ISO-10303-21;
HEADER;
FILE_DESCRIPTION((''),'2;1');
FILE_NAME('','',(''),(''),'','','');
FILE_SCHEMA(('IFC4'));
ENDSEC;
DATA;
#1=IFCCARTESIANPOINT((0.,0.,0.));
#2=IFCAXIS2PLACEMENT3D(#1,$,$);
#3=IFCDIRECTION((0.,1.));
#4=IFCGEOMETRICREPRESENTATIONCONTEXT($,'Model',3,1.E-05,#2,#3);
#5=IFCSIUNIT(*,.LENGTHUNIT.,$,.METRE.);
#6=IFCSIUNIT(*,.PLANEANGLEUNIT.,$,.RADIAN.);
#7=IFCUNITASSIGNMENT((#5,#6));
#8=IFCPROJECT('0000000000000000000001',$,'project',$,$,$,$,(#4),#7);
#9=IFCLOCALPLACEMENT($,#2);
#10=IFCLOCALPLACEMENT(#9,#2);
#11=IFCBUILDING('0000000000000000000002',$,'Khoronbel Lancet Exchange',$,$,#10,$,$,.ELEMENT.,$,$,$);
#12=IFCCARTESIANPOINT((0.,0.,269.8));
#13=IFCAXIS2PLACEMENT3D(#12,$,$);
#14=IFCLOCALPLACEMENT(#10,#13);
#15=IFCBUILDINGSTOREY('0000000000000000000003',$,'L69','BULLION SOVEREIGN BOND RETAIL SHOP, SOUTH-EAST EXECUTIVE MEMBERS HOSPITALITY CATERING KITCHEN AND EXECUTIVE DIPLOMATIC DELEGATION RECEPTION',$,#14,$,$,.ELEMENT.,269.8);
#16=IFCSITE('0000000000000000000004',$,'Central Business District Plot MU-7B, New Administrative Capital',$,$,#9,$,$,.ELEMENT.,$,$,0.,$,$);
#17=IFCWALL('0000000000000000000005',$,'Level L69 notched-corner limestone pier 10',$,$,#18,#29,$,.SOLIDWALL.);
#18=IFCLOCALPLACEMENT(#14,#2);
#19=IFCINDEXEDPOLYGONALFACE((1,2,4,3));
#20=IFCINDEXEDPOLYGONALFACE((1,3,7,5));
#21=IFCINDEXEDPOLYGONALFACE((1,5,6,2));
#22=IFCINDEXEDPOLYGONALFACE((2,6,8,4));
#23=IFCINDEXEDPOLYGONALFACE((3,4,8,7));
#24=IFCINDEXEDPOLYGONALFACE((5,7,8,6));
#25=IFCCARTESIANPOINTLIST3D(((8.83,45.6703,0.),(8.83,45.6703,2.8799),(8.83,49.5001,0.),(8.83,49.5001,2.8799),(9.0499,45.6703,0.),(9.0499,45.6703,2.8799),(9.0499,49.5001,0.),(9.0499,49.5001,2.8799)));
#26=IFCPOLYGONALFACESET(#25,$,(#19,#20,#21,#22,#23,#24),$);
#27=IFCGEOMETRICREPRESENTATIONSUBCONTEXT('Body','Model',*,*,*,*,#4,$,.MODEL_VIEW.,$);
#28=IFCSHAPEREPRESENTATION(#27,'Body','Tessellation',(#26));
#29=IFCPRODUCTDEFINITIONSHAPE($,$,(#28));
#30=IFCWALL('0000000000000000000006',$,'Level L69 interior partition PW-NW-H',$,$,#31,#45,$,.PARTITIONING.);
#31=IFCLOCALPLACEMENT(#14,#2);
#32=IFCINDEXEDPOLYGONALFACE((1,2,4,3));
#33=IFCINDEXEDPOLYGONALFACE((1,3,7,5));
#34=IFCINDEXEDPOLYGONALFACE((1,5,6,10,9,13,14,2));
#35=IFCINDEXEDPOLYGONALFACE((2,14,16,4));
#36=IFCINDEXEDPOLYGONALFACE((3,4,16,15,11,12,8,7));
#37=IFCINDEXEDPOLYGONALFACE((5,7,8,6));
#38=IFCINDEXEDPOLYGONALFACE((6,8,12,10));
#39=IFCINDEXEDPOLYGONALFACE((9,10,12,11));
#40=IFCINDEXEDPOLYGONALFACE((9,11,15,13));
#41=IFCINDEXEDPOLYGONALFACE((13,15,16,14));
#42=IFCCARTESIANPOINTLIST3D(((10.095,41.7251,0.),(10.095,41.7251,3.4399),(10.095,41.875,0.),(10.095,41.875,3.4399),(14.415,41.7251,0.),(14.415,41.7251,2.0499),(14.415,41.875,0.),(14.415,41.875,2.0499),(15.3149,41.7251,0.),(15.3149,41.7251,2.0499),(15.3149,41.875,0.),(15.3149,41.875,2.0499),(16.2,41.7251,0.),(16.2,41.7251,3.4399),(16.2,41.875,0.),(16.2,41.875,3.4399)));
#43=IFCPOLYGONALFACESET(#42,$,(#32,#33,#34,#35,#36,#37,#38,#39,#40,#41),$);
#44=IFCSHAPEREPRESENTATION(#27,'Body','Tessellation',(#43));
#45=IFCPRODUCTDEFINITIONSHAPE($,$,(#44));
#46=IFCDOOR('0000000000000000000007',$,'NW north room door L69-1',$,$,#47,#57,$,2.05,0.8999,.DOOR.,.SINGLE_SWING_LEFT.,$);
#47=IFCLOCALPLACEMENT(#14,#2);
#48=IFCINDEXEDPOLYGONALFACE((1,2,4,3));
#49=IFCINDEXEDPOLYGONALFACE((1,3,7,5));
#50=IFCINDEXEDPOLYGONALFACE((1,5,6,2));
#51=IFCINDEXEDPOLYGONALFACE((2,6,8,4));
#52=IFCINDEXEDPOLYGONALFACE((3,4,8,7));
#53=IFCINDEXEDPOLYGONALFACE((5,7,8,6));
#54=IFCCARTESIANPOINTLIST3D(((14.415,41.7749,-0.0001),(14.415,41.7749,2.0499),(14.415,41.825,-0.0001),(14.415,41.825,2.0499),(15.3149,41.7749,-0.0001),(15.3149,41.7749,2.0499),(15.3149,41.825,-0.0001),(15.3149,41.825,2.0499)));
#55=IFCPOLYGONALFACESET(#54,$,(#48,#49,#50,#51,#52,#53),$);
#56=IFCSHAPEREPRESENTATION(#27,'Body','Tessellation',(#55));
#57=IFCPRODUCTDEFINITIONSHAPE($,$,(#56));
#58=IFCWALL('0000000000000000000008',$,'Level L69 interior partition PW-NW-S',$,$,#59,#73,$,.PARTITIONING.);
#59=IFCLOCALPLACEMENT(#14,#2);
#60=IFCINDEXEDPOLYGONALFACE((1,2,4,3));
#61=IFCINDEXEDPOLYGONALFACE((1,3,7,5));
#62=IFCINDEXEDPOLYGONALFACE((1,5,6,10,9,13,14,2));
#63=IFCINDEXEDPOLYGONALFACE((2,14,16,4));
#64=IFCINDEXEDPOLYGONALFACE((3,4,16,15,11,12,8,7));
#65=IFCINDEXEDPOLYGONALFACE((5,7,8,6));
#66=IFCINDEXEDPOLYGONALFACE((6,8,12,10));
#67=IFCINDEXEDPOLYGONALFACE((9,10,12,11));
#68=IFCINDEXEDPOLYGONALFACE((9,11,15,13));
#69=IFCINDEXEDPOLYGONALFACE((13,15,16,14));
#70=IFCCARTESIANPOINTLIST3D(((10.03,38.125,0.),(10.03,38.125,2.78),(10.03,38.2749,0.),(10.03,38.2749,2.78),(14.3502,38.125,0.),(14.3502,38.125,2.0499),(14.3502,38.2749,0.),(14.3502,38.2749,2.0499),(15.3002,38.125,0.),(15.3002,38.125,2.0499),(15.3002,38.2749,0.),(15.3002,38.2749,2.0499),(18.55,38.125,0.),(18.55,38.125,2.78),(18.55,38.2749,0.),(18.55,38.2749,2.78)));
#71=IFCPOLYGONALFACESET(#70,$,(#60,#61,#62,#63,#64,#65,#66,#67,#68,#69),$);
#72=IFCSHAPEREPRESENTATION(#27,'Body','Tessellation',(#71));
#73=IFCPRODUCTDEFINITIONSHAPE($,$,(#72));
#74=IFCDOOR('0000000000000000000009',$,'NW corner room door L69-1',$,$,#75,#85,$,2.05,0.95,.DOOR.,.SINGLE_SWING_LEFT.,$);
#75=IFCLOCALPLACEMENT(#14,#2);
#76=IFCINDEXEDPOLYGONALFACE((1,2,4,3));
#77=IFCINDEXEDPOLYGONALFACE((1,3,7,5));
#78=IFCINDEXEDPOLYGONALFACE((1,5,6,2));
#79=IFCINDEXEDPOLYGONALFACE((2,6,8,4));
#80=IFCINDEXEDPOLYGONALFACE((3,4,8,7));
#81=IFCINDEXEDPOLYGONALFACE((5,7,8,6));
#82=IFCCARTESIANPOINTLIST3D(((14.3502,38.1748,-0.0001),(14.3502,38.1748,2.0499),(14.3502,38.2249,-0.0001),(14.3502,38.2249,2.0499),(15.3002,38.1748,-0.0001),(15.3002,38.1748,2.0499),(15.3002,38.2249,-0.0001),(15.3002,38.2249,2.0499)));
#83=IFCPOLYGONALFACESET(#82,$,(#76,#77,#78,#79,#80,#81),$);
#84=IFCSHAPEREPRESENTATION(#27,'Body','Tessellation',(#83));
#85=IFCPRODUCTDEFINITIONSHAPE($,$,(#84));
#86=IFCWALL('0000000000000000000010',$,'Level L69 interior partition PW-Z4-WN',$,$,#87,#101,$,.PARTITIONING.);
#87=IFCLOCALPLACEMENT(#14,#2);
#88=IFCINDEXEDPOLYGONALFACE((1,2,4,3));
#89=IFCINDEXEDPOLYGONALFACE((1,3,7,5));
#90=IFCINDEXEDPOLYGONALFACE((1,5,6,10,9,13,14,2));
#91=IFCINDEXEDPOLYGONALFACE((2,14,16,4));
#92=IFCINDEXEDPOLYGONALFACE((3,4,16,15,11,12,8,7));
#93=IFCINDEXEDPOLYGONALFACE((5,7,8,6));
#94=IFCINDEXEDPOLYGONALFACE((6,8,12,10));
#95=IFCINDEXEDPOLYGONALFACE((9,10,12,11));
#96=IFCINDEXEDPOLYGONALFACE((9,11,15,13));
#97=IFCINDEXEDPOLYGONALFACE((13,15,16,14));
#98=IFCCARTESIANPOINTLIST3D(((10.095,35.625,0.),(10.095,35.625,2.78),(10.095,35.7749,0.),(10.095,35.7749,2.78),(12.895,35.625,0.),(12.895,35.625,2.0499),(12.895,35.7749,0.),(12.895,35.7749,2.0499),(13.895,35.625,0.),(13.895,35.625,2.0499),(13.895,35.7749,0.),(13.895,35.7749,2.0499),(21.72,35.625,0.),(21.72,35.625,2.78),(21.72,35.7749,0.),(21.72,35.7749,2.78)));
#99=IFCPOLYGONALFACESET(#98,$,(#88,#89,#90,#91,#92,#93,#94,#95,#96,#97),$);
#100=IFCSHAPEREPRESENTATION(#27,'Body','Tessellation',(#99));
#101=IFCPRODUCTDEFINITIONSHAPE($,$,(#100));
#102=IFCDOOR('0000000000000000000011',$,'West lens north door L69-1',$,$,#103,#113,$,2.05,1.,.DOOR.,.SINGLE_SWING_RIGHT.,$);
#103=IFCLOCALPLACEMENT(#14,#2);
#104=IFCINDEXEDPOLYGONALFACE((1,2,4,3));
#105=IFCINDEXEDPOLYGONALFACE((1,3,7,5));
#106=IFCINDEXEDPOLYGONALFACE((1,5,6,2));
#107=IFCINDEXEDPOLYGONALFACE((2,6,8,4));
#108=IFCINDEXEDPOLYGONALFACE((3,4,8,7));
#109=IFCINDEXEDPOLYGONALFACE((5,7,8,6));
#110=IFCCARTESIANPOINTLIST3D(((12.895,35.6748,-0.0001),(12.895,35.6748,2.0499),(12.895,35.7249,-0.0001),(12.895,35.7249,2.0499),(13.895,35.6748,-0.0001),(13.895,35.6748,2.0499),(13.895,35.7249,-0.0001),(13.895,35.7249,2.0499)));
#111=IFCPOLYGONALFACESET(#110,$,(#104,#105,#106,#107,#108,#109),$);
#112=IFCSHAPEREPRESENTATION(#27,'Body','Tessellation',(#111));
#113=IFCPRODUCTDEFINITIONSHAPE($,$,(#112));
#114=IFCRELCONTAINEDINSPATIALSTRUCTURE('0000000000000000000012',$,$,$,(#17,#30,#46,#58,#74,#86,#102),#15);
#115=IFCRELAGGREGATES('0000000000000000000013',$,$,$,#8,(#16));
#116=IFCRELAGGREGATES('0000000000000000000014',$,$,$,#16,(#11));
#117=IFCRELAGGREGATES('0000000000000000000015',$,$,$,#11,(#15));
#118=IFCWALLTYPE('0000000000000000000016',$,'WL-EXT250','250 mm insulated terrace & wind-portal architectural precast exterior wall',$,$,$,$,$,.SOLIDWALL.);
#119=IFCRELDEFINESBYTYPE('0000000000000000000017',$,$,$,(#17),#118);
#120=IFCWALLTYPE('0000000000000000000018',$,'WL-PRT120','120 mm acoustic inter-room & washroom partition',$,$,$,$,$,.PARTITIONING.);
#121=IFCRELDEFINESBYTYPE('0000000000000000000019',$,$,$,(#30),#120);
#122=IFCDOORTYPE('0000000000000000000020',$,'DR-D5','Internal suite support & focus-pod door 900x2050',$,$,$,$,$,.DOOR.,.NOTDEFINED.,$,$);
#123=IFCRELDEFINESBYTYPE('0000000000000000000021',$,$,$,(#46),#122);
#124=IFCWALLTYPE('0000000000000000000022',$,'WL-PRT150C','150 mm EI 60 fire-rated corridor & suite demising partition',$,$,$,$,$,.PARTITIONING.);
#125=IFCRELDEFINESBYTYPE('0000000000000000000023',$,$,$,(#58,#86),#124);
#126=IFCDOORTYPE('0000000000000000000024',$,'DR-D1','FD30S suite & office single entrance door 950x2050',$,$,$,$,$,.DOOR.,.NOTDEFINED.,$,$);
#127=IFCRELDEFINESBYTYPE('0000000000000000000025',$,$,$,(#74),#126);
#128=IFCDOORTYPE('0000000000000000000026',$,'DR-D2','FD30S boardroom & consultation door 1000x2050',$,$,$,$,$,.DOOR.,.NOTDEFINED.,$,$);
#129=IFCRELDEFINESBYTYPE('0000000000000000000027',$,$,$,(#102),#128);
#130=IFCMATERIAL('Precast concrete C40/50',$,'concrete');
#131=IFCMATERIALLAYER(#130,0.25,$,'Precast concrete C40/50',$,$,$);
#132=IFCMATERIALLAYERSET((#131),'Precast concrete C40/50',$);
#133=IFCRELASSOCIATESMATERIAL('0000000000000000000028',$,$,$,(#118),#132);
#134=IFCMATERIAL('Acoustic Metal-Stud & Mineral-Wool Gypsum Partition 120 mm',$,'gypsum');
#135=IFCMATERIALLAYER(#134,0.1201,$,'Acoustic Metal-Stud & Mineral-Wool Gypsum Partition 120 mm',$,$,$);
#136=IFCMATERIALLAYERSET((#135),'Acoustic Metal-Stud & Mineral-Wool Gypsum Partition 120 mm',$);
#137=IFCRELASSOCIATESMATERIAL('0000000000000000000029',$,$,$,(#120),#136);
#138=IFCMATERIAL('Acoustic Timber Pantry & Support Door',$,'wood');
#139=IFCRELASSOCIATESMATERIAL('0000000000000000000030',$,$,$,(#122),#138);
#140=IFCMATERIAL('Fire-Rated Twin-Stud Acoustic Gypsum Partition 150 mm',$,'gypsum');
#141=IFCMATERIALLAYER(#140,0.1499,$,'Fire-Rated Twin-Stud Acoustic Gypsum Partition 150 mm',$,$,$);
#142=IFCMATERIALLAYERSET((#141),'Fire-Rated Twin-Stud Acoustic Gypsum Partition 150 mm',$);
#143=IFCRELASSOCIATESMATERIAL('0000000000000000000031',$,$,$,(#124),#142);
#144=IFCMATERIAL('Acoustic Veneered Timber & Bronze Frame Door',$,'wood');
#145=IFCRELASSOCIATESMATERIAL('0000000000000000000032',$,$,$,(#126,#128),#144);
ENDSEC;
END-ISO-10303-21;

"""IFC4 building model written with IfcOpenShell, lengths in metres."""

from ifc_helpers import new_model, si_unit, direction, frame, frame_2d, origin, place, context, subcontext, project, spatial, rectangle, extrude, material, layer, layer_set, type_object, element, fill, save


model = new_model("IFC4")

# Units and contexts
model_context = context("Model", 3, precision=1e-05, world=origin(), true_north=direction((0.0, 1.0)))
body_context = subcontext(model_context, "Body", "Model", "MODEL_VIEW")
ifc_project = project(units=[si_unit("LENGTHUNIT", "METRE"), si_unit("PLANEANGLEUNIT", "RADIAN")], contexts=[model_context])

# Site, building, storey
site_placement = place(None, origin())
site = spatial("IfcSite", under=ifc_project, at=site_placement, Name="Central Business District Plot MU-7B, New Administrative Capital", CompositionType="ELEMENT", RefElevation=0.0)
building_placement = place(site_placement, origin())
building = spatial("IfcBuilding", under=site, at=building_placement, Name="Khoronbel Lancet Exchange", CompositionType="ELEMENT")
storey_placement = place(building_placement, frame((0.0, 0.0, 269.8)))
storey = spatial("IfcBuildingStorey", under=building, at=storey_placement, Name="L69", Description="BULLION SOVEREIGN BOND RETAIL SHOP, SOUTH-EAST EXECUTIVE MEMBERS HOSPITALITY CATERING KITCHEN AND EXECUTIVE DIPLOMATIC DELEGATION RECEPTION", CompositionType="ELEMENT", Elevation=269.8)

# Wall
ifc_material_1 = material(Name="Precast concrete C40/50", Category="concrete")
ifc_layer_1 = layer(ifc_material_1, 0.25, Name="Precast concrete C40/50")
ifc_layer_set_1 = layer_set([ifc_layer_1], Name="Precast concrete C40/50")
wall_type_1 = type_object("IfcWallType", Name="WL-EXT250", Description="250 mm insulated terrace & wind-portal architectural precast exterior wall", PredefinedType="SOLIDWALL", material=ifc_layer_set_1)
wall_1_placement = place(storey_placement, frame((8.9399, 45.6702, 0.0), z_axis=(0.0, 0.0, 1.0), x_axis=(0.0, 1.0, 0.0)))
element("IfcWall", 1, at=wall_1_placement, inside=storey, type_object=wall_type_1, Name="Level L69 notched-corner limestone pier 10", PredefinedType="SOLIDWALL", context=body_context, shape_type="SweptSolid", body=[
    extrude(rectangle(XDim=3.8298, YDim=0.22, at=frame_2d((1.915, 0.0))), origin(), (0.0, 0.0, 1.0), 2.8799),
])

# Walls, openings, doors
ifc_material_2 = material(Name="Acoustic Metal-Stud & Mineral-Wool Gypsum Partition 120 mm", Category="gypsum")
ifc_layer_2 = layer(ifc_material_2, 0.1201, Name="Acoustic Metal-Stud & Mineral-Wool Gypsum Partition 120 mm")
ifc_layer_set_2 = layer_set([ifc_layer_2], Name="Acoustic Metal-Stud & Mineral-Wool Gypsum Partition 120 mm")
wall_type_2 = type_object("IfcWallType", Name="WL-PRT120", Description="120 mm acoustic inter-room & washroom partition", PredefinedType="PARTITIONING", material=ifc_layer_set_2)
wall_2_placement = place(storey_placement, frame((10.095, 41.8, 0.0), z_axis=(0.0, 0.0, 1.0), x_axis=(1.0, 0.0, 0.0)))
wall_2 = element("IfcWall", 2, at=wall_2_placement, inside=storey, type_object=wall_type_2, Name="Level L69 interior partition PW-NW-H", PredefinedType="PARTITIONING", context=body_context, shape_type="SweptSolid", body=[
    extrude(rectangle(XDim=6.105, YDim=0.1499, at=frame_2d((3.0525, 0.0))), origin(), (0.0, 0.0, 1.0), 3.4399),
])
opening_1_placement = place(wall_2_placement, frame((4.3201, 0.0, 0.0)))
opening_1 = element("IfcOpeningElement", 3, at=opening_1_placement, cuts=wall_2, PredefinedType="OPENING", context=body_context, shape_type="SweptSolid", body=[
    extrude(rectangle(XDim=0.8999, YDim=2.05, at=frame_2d((0.45, 1.0249))), frame((0.0, 0.085, 0.0), z_axis=(0.0, -1.0, 0.0), x_axis=(1.0, 0.0, 0.0)), (0.0, 0.0, 1.0), 0.1699),
])
ifc_material_3 = material(Name="Acoustic Timber Pantry & Support Door", Category="wood")
door_type_1 = type_object("IfcDoorType", Name="DR-D5", Description="Internal suite support & focus-pod door 900x2050", OperationType="NOTDEFINED", PredefinedType="DOOR", material=ifc_material_3)
door_1_placement = place(opening_1_placement, origin())
door_1 = element("IfcDoor", 4, at=door_1_placement, inside=storey, type_object=door_type_1, Name="NW north room door L69-1", OperationType="SINGLE_SWING_LEFT", OverallHeight=2.05, OverallWidth=0.8999, PredefinedType="DOOR", context=body_context, shape_type="SweptSolid", body=[
    extrude(rectangle(XDim=0.8999, YDim=2.05, at=frame_2d((0.45, 1.0249))), frame((0.0, 0.0249, 0.0), z_axis=(0.0, -1.0, 0.0), x_axis=(1.0, 0.0, 0.0)), (0.0, 0.0, 1.0), 0.05),
])
fill(opening_1, door_1)
ifc_material_4 = material(Name="Fire-Rated Twin-Stud Acoustic Gypsum Partition 150 mm", Category="gypsum")
ifc_layer_3 = layer(ifc_material_4, 0.1499, Name="Fire-Rated Twin-Stud Acoustic Gypsum Partition 150 mm")
ifc_layer_set_3 = layer_set([ifc_layer_3], Name="Fire-Rated Twin-Stud Acoustic Gypsum Partition 150 mm")
wall_type_3 = type_object("IfcWallType", Name="WL-PRT150C", Description="150 mm EI 60 fire-rated corridor & suite demising partition", PredefinedType="PARTITIONING", material=ifc_layer_set_3)
wall_3_placement = place(storey_placement, frame((10.03, 38.2, 0.0), z_axis=(0.0, 0.0, 1.0), x_axis=(1.0, 0.0, 0.0)))
wall_3 = element("IfcWall", 5, at=wall_3_placement, inside=storey, type_object=wall_type_3, Name="Level L69 interior partition PW-NW-S", PredefinedType="PARTITIONING", context=body_context, shape_type="SweptSolid", body=[
    extrude(rectangle(XDim=8.52, YDim=0.1499, at=frame_2d((4.26, 0.0))), origin(), (0.0, 0.0, 1.0), 2.78),
])
opening_2_placement = place(wall_3_placement, frame((4.3201, 0.0, 0.0)))
opening_2 = element("IfcOpeningElement", 6, at=opening_2_placement, cuts=wall_3, PredefinedType="OPENING", context=body_context, shape_type="SweptSolid", body=[
    extrude(rectangle(XDim=0.95, YDim=2.05, at=frame_2d((0.4751, 1.0249))), frame((0.0, 0.085, 0.0), z_axis=(0.0, -1.0, 0.0), x_axis=(1.0, 0.0, 0.0)), (0.0, 0.0, 1.0), 0.1699),
])
ifc_material_5 = material(Name="Acoustic Veneered Timber & Bronze Frame Door", Category="wood")
door_type_2 = type_object("IfcDoorType", Name="DR-D1", Description="FD30S suite & office single entrance door 950x2050", OperationType="NOTDEFINED", PredefinedType="DOOR", material=ifc_material_5)
door_2_placement = place(opening_2_placement, origin())
door_2 = element("IfcDoor", 7, at=door_2_placement, inside=storey, type_object=door_type_2, Name="NW corner room door L69-1", OperationType="SINGLE_SWING_LEFT", OverallHeight=2.05, OverallWidth=0.95, PredefinedType="DOOR", context=body_context, shape_type="SweptSolid", body=[
    extrude(rectangle(XDim=0.95, YDim=2.05, at=frame_2d((0.4751, 1.0249))), frame((0.0, 0.0249, 0.0), z_axis=(0.0, -1.0, 0.0), x_axis=(1.0, 0.0, 0.0)), (0.0, 0.0, 1.0), 0.05),
])
fill(opening_2, door_2)
wall_4_placement = place(storey_placement, frame((10.095, 35.7, 0.0), z_axis=(0.0, 0.0, 1.0), x_axis=(1.0, 0.0, 0.0)))
wall_4 = element("IfcWall", 8, at=wall_4_placement, inside=storey, type_object=wall_type_3, Name="Level L69 interior partition PW-Z4-WN", PredefinedType="PARTITIONING", context=body_context, shape_type="SweptSolid", body=[
    extrude(rectangle(XDim=11.625, YDim=0.1499, at=frame_2d((5.8125, 0.0))), origin(), (0.0, 0.0, 1.0), 2.78),
])
opening_3_placement = place(wall_4_placement, frame((2.8, 0.0, 0.0)))
opening_3 = element("IfcOpeningElement", 9, at=opening_3_placement, cuts=wall_4, PredefinedType="OPENING", context=body_context, shape_type="SweptSolid", body=[
    extrude(rectangle(XDim=1.0, YDim=2.05, at=frame_2d((0.5, 1.0249))), frame((0.0, 0.085, 0.0), z_axis=(0.0, -1.0, 0.0), x_axis=(1.0, 0.0, 0.0)), (0.0, 0.0, 1.0), 0.1699),
])
door_type_3 = type_object("IfcDoorType", Name="DR-D2", Description="FD30S boardroom & consultation door 1000x2050", OperationType="NOTDEFINED", PredefinedType="DOOR", material=ifc_material_5)
door_3_placement = place(opening_3_placement, origin())
door_3 = element("IfcDoor", 10, at=door_3_placement, inside=storey, type_object=door_type_3, Name="West lens north door L69-1", OperationType="SINGLE_SWING_RIGHT", OverallHeight=2.05, OverallWidth=1.0, PredefinedType="DOOR", context=body_context, shape_type="SweptSolid", body=[
    extrude(rectangle(XDim=1.0, YDim=2.05, at=frame_2d((0.5, 1.0249))), frame((0.0, 0.0249, 0.0), z_axis=(0.0, -1.0, 0.0), x_axis=(1.0, 0.0, 0.0)), (0.0, 0.0, 1.0), 0.05),
])
fill(opening_3, door_3)

save(model, "model.ifc")
